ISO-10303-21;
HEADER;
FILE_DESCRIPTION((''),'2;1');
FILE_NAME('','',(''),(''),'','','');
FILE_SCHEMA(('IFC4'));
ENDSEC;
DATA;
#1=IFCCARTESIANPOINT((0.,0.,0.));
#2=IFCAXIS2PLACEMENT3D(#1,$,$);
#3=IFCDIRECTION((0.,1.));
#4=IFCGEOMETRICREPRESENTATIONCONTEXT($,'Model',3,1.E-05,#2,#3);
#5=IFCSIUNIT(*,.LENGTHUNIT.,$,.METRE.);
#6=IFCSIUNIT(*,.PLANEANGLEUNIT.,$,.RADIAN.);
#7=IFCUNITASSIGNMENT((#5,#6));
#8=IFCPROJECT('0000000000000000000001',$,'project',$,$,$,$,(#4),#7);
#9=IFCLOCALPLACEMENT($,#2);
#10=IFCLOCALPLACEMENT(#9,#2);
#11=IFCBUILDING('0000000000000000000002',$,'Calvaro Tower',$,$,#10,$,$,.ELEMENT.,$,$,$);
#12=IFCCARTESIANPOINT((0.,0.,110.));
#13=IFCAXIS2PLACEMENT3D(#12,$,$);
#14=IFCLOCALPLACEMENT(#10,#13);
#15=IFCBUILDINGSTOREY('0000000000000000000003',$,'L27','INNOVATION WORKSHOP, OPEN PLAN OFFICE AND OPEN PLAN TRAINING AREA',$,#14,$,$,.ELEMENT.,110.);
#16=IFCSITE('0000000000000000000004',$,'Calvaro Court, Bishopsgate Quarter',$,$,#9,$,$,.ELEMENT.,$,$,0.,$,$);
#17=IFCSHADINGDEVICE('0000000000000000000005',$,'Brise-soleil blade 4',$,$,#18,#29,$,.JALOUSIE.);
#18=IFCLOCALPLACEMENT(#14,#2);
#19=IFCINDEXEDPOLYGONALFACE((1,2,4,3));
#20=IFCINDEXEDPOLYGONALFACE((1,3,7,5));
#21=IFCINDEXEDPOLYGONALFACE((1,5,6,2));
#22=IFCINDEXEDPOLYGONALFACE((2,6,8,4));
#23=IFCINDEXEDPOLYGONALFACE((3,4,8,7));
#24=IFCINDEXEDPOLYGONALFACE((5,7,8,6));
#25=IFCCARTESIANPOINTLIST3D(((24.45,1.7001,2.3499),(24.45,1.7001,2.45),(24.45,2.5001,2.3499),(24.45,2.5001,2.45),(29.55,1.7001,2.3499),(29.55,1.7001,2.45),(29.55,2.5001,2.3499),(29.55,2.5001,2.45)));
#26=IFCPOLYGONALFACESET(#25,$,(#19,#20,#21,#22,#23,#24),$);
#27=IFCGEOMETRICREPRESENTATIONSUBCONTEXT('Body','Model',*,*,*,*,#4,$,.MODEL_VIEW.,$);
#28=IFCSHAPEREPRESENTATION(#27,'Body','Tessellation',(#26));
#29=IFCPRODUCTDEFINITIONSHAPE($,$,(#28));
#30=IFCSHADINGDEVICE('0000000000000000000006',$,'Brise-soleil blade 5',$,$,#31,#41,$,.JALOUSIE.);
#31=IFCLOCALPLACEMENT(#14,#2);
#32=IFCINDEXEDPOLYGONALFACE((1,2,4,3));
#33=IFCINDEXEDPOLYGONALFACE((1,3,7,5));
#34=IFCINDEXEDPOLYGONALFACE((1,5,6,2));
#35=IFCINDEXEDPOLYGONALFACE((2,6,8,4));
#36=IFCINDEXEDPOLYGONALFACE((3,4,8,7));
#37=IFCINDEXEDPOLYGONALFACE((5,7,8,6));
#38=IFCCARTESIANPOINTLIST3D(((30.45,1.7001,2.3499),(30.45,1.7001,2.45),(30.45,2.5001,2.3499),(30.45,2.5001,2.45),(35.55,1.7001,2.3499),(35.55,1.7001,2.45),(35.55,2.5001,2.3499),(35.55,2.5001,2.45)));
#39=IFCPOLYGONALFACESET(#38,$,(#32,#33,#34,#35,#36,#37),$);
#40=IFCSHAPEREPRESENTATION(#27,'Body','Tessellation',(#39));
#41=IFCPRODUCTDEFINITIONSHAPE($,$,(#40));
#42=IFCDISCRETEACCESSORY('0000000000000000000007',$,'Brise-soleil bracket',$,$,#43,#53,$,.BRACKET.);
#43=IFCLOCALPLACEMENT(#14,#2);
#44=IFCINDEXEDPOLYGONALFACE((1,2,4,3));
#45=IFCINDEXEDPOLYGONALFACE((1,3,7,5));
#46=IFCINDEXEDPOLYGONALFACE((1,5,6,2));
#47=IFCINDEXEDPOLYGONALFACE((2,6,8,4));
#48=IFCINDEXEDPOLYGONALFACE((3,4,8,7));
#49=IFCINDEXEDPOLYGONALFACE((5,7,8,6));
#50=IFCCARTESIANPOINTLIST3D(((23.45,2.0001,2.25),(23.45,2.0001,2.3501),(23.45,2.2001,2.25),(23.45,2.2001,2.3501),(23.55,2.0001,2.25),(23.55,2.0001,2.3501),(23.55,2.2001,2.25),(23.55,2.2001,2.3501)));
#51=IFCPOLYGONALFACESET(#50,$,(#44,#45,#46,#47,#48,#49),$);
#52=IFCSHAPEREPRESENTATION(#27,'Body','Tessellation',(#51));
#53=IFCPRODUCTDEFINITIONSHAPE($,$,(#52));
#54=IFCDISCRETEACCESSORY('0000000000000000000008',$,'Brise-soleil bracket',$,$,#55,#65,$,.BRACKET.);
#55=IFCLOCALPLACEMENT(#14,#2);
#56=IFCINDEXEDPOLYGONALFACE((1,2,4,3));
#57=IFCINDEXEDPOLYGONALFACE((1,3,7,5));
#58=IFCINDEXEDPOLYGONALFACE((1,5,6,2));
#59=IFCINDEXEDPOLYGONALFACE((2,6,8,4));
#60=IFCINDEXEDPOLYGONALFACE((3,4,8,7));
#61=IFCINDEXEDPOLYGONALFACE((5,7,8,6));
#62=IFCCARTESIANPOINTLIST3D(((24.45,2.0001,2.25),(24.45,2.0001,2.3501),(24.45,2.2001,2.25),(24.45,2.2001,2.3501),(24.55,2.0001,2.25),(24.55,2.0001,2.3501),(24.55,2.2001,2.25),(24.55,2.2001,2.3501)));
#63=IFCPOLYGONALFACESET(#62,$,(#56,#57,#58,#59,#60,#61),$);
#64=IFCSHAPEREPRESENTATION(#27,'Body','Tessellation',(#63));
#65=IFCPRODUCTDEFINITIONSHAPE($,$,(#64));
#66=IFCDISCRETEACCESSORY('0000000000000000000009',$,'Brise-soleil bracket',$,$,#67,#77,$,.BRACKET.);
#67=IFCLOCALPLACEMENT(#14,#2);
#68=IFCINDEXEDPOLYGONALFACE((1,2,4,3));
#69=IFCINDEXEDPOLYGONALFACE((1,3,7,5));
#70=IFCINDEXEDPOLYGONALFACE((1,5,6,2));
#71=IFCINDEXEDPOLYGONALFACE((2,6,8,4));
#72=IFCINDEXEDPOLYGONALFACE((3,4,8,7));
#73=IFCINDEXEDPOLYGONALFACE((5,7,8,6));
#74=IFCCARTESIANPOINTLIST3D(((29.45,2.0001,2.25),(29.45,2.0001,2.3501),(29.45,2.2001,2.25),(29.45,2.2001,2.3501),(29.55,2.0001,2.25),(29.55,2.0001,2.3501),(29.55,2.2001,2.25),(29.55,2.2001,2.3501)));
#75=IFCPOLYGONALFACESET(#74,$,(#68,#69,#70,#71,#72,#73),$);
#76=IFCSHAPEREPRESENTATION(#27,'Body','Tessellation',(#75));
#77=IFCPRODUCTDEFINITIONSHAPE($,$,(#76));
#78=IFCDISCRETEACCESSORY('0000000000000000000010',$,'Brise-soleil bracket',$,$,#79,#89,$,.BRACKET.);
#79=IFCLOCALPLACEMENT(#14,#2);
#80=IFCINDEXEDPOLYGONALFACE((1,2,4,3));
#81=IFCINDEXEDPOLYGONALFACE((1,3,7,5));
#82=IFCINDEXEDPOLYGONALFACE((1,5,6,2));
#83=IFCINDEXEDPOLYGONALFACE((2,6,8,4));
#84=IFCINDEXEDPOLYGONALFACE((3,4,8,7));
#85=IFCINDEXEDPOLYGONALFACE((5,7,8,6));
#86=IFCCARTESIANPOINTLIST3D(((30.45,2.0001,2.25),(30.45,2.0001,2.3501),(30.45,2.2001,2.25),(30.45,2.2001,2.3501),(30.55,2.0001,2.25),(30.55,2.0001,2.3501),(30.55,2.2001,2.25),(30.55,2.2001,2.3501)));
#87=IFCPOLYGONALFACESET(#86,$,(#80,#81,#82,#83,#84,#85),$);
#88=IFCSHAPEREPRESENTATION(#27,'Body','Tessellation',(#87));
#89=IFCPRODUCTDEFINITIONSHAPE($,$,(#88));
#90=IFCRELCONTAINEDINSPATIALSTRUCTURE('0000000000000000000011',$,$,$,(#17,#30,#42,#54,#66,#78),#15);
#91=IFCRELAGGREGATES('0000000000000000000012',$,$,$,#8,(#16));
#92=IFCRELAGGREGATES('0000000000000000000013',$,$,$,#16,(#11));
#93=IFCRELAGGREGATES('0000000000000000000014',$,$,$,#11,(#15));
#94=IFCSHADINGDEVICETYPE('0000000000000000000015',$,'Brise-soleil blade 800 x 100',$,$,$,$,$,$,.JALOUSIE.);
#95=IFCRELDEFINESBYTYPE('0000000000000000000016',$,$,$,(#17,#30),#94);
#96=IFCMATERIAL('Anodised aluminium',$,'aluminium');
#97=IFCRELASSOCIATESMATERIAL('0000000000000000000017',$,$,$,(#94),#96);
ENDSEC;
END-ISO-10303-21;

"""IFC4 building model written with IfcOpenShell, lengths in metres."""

from ifc_helpers import new_model, si_unit, direction, frame, origin, origin_2d, place, context, subcontext, project, spatial, rectangle, extrude, material, material_profile, profile_set, type_object, element, save


model = new_model("IFC4")

# Units and contexts
model_context = context("Model", 3, precision=1e-05, world=origin(), true_north=direction((0.0, 1.0)))
body_context = subcontext(model_context, "Body", "Model", "MODEL_VIEW")
ifc_project = project(units=[si_unit("LENGTHUNIT", "METRE"), si_unit("PLANEANGLEUNIT", "RADIAN")], contexts=[model_context])

# Site, building, storey
site_placement = place(None, origin())
site = spatial("IfcSite", under=ifc_project, at=site_placement, Name="Calvaro Court, Bishopsgate Quarter", CompositionType="ELEMENT", RefElevation=0.0)
building_placement = place(site_placement, origin())
building = spatial("IfcBuilding", under=site, at=building_placement, Name="Calvaro Tower", CompositionType="ELEMENT")
storey_placement = place(building_placement, frame((0.0, 0.0, 110.0)))
storey = spatial("IfcBuildingStorey", under=building, at=storey_placement, Name="L27", Description="INNOVATION WORKSHOP, OPEN PLAN OFFICE AND OPEN PLAN TRAINING AREA", CompositionType="ELEMENT", Elevation=110.0)

# Shading devices
ifc_material_1 = material(Name="Anodised aluminium", Category="aluminium")
ifc_material_profile_1 = material_profile(ifc_material_1, rectangle(XDim=0.8, YDim=0.1001, at=origin_2d()), Name="Brise-soleil blade 800 x 100")
ifc_profile_set_1 = profile_set([ifc_material_profile_1], Name="Anodised aluminium")
shading_device_type = type_object("IfcShadingDeviceType", Name="Brise-soleil blade 800 x 100", PredefinedType="JALOUSIE", material=ifc_profile_set_1)
for number, where, z_axis, x_axis, name in (
    (1, (24.45, 2.1001, 2.3999), (1.0, 0.0, 0.0), (0.0, 1.0, 0.0), "Brise-soleil blade 4"),
    (2, (30.45, 2.1001, 2.3999), (1.0, 0.0, 0.0), (0.0, 1.0, 0.0), "Brise-soleil blade 5"),
):
    element("IfcShadingDevice", number, at=place(storey_placement, frame(where, z_axis=z_axis, x_axis=x_axis)), inside=storey, type_object=shading_device_type, Name=name, PredefinedType="JALOUSIE", context=body_context, shape_type="SweptSolid", body=[
        extrude(rectangle(XDim=0.8, YDim=0.1001, at=origin_2d()), origin(), (0.0, 0.0, 1.0), 5.1001),
    ])

# Discrete accessories
for number, where, z_axis, x_axis, name in (
    (3, (23.5, 2.1001, 2.25), (0.0, 0.0, 1.0), (1.0, 0.0, 0.0), "Brise-soleil bracket"),
    (4, (24.5, 2.1001, 2.25), (0.0, 0.0, 1.0), (1.0, 0.0, 0.0), "Brise-soleil bracket"),
    (5, (29.5, 2.1001, 2.25), (0.0, 0.0, 1.0), (1.0, 0.0, 0.0), "Brise-soleil bracket"),
    (6, (30.5, 2.1001, 2.25), (0.0, 0.0, 1.0), (1.0, 0.0, 0.0), "Brise-soleil bracket"),
):
    element("IfcDiscreteAccessory", number, at=place(storey_placement, frame(where, z_axis=z_axis, x_axis=x_axis)), inside=storey, Name=name, PredefinedType="BRACKET", context=body_context, shape_type="SweptSolid", body=[
        extrude(rectangle(XDim=0.1001, YDim=0.2, at=origin_2d()), origin(), (0.0, 0.0, 1.0), 0.1001),
    ])

save(model, "model.ifc")
